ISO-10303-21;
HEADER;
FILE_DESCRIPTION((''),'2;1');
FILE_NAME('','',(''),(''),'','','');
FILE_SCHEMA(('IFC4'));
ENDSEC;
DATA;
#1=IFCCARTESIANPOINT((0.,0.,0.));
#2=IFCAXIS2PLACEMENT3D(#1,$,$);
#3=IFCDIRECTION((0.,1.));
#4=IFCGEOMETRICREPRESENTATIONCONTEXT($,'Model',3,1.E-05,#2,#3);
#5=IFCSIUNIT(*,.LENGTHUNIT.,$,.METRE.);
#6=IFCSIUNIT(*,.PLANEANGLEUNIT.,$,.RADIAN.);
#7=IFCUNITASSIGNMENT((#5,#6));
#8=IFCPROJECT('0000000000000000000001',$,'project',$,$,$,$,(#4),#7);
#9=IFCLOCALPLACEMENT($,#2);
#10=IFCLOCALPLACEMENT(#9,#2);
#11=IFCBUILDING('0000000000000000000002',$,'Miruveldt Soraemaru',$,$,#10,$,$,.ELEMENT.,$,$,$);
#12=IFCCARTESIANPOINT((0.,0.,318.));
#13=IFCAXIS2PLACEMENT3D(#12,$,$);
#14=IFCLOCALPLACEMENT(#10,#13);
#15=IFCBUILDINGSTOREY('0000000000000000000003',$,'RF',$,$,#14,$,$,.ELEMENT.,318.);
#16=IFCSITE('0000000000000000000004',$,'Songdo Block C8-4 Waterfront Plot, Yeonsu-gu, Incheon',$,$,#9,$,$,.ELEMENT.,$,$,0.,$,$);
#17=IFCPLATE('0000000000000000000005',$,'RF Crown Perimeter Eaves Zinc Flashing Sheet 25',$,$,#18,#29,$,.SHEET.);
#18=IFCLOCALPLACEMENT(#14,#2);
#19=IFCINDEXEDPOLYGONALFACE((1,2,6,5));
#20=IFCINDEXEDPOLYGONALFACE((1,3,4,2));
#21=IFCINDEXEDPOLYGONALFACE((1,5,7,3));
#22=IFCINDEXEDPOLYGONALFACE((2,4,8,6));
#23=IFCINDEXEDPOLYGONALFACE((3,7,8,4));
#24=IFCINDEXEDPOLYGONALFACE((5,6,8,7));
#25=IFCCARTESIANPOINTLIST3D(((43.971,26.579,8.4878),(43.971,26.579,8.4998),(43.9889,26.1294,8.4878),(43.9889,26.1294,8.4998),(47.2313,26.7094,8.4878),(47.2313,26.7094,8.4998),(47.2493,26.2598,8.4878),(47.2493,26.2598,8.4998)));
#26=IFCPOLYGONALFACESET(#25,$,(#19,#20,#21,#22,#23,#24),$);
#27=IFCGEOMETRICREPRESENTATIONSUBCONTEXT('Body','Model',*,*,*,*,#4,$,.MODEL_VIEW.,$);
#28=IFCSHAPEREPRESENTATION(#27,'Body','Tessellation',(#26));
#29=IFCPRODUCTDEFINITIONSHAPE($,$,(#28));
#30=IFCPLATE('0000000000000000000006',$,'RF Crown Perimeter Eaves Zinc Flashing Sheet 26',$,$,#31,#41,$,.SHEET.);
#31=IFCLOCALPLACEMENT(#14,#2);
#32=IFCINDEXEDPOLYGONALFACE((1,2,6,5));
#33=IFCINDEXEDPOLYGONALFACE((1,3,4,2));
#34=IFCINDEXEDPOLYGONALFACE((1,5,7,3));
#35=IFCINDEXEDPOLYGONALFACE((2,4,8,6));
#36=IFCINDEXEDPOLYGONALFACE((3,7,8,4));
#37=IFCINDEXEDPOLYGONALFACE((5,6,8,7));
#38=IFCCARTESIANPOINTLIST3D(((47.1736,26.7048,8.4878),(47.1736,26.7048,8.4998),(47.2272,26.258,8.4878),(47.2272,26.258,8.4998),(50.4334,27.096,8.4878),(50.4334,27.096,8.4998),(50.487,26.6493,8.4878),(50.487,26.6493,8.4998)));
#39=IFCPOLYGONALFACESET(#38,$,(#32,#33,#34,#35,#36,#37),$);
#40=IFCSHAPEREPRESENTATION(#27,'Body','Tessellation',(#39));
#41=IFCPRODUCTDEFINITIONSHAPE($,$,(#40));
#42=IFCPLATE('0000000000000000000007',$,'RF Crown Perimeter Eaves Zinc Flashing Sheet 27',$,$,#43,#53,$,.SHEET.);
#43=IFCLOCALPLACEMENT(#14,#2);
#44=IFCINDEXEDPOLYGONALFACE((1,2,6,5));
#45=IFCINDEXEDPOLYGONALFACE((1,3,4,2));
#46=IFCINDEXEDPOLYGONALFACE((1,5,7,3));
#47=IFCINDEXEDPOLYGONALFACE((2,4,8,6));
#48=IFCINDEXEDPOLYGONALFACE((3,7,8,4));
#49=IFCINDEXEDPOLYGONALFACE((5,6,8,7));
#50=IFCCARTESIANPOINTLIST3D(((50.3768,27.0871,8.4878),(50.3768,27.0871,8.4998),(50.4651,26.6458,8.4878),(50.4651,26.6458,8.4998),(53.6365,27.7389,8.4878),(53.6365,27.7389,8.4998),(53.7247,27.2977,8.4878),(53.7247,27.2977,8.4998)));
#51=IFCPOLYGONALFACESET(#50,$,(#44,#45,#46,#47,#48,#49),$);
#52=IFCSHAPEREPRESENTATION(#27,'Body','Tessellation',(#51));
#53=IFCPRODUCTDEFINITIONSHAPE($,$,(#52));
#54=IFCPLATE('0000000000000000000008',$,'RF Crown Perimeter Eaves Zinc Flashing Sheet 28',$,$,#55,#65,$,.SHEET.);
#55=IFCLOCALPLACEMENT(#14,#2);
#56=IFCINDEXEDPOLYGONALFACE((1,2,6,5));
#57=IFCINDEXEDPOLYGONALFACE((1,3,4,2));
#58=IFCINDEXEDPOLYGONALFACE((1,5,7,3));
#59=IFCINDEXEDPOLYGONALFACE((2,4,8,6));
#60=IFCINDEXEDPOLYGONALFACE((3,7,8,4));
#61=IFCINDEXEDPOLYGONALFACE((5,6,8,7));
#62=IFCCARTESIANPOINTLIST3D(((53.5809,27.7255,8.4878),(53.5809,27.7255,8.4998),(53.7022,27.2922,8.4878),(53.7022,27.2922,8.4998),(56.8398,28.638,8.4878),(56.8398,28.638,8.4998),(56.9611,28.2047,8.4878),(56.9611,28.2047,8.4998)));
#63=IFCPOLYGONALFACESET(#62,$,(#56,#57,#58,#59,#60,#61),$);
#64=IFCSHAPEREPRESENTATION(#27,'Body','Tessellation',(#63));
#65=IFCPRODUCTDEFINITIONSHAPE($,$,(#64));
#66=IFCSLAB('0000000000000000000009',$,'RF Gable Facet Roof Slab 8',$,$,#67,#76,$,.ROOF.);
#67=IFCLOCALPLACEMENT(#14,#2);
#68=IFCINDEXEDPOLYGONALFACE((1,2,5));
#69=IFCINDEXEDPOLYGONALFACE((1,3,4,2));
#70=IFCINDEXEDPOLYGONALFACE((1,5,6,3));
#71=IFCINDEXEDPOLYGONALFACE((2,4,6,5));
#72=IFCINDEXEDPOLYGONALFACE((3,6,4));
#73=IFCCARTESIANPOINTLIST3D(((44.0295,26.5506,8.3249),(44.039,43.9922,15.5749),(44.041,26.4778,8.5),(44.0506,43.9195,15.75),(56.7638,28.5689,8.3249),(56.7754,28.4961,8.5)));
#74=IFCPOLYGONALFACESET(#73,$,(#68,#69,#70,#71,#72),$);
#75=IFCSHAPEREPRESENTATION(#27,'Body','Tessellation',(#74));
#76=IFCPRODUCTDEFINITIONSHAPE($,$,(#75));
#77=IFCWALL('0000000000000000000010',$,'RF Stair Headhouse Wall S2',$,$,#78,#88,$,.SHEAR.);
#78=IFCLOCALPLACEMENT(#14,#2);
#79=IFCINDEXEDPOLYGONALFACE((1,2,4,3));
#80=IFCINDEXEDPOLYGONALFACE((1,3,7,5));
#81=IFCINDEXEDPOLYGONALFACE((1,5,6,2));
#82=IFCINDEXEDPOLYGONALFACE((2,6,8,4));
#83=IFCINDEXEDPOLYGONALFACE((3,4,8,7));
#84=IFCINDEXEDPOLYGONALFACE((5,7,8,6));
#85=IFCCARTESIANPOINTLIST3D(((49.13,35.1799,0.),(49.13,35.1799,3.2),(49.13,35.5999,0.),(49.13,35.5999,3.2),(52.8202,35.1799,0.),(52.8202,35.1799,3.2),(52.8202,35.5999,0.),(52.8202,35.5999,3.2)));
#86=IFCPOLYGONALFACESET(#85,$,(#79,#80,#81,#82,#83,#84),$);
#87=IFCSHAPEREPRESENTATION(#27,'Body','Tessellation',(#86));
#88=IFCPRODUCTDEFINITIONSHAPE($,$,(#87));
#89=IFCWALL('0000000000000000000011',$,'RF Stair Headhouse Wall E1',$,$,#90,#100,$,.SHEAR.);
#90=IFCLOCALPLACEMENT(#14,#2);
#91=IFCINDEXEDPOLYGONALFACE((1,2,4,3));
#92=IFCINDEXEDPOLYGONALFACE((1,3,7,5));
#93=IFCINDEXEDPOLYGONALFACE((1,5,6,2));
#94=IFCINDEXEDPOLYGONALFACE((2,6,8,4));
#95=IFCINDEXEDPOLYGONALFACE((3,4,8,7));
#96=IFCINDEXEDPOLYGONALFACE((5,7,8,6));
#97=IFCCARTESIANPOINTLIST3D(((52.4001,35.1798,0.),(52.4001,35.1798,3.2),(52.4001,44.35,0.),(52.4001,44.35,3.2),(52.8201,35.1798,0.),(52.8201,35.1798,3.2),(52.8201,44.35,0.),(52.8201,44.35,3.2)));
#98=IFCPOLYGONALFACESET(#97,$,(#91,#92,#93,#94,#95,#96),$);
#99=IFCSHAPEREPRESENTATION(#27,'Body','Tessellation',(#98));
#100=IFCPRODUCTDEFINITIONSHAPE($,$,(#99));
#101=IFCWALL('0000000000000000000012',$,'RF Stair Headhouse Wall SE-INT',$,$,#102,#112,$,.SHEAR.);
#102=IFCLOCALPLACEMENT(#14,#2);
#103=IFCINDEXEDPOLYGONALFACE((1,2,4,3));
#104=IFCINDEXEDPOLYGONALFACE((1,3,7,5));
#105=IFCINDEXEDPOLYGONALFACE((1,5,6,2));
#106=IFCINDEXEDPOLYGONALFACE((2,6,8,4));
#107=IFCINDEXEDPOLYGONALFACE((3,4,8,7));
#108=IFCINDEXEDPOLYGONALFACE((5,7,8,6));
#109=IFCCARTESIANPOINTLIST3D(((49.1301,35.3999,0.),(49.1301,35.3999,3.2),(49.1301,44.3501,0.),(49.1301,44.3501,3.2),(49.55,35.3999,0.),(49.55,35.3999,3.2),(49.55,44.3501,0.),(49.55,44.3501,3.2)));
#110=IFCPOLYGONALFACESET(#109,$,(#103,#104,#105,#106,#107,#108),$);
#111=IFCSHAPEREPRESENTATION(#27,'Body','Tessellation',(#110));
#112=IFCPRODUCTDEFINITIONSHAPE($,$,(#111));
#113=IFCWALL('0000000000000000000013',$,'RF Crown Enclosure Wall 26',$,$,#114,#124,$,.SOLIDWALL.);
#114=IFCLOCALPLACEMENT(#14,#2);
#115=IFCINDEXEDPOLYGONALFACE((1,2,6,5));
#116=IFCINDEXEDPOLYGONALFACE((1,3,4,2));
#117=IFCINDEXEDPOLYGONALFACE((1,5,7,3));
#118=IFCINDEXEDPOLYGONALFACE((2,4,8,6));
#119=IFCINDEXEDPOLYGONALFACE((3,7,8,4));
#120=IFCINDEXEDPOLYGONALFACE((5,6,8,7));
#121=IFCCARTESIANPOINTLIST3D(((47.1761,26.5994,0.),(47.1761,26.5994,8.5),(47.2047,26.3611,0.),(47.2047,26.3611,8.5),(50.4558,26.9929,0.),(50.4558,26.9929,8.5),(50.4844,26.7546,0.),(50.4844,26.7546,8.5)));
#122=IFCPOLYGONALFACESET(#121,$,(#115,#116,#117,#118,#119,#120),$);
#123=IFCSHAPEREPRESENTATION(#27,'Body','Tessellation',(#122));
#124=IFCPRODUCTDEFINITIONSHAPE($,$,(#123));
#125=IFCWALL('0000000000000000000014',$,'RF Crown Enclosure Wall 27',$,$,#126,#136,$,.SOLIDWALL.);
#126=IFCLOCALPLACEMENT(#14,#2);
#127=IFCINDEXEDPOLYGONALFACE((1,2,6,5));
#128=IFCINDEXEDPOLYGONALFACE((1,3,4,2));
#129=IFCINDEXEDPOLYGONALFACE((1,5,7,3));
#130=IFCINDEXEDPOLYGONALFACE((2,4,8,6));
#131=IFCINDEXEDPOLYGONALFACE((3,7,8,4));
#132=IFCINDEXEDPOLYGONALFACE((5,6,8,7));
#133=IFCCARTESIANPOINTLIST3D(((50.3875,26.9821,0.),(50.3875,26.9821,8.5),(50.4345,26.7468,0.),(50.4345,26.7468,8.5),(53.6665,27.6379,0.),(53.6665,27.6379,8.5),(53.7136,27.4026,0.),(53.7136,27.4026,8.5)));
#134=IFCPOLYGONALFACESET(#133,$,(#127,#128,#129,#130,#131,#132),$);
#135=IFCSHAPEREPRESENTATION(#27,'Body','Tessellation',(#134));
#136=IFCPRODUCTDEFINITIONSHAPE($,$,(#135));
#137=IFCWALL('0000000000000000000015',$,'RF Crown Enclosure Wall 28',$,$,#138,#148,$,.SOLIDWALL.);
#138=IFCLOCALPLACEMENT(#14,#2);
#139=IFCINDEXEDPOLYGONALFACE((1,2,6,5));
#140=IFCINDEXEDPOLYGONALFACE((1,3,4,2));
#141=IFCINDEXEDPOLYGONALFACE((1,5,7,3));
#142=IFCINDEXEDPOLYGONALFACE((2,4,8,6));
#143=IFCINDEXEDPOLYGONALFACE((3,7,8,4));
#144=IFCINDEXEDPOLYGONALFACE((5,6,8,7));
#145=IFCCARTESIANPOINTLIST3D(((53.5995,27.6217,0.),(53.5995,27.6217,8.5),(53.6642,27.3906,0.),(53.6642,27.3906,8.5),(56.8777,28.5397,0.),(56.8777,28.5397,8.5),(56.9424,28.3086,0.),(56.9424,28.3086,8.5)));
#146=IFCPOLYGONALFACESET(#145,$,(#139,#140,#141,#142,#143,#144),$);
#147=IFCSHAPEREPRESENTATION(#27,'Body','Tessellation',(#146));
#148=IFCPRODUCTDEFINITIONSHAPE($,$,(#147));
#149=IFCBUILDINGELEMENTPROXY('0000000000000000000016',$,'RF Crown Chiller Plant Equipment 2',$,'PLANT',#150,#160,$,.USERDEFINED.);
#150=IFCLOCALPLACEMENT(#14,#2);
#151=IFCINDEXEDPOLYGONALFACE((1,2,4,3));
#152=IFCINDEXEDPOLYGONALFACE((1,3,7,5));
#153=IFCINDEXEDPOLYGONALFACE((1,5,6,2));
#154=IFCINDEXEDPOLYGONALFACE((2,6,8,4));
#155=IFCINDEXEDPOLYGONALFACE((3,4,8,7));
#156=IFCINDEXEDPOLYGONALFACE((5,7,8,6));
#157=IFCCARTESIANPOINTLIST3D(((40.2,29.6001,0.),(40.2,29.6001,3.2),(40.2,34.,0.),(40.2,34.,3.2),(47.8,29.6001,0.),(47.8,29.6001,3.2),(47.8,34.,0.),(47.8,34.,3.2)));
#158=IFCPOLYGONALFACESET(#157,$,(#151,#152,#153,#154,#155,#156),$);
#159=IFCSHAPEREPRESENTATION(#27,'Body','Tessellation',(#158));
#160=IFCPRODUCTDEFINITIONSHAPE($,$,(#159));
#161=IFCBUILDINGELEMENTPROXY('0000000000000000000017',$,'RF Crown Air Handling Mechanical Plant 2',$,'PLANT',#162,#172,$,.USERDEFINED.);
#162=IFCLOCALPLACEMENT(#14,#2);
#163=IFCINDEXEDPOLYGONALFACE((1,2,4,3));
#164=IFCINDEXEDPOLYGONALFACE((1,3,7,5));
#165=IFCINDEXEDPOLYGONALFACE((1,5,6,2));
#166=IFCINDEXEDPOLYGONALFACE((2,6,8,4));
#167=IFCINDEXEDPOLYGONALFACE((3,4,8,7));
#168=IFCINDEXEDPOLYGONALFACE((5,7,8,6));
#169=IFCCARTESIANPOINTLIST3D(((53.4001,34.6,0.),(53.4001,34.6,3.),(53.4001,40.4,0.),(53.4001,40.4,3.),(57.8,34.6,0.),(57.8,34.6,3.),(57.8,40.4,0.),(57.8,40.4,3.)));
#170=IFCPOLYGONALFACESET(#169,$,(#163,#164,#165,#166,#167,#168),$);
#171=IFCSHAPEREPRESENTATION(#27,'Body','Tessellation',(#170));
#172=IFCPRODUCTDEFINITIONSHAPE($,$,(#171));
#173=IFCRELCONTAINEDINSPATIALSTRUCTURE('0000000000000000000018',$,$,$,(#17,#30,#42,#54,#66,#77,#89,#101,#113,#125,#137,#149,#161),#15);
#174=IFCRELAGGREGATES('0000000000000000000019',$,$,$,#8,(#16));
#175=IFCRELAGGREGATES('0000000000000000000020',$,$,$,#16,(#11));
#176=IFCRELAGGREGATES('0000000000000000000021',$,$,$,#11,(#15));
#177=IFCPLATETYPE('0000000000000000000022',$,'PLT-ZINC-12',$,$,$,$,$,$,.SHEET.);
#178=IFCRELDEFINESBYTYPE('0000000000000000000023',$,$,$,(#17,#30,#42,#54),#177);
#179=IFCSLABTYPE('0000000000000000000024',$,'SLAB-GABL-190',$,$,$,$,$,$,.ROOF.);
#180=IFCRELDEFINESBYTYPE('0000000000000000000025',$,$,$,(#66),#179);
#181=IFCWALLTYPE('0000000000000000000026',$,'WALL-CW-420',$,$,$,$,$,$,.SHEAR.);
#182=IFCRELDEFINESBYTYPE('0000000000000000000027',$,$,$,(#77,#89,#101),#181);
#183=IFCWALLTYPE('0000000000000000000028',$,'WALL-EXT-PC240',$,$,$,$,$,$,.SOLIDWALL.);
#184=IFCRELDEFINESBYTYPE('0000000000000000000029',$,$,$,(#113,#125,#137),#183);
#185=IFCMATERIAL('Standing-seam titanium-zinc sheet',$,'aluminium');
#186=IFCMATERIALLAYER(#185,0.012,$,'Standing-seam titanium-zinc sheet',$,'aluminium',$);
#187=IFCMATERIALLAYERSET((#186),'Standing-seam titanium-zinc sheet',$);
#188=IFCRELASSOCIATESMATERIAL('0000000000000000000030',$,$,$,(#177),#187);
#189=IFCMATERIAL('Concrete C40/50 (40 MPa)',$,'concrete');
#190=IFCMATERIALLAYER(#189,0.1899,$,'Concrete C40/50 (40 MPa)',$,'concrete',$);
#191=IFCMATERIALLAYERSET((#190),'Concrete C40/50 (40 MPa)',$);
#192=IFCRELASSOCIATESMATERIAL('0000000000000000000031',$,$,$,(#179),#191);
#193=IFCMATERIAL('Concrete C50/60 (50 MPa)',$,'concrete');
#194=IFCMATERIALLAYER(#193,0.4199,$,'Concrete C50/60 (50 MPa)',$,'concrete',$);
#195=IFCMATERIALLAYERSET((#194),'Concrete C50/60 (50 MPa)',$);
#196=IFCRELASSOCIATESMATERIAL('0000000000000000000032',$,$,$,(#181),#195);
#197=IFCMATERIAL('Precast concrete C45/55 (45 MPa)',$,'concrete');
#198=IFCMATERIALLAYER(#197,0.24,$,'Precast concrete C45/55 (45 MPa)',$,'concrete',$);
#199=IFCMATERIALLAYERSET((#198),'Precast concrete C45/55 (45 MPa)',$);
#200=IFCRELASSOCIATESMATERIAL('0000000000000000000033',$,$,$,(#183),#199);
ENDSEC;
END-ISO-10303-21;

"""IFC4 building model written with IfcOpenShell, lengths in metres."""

from ifc_helpers import new_model, si_unit, direction, frame, frame_2d, origin, origin_2d, place, context, subcontext, project, spatial, polyline, rectangle, outline, extrude, material, layer, layer_set, type_object, element, save


model = new_model("IFC4")

# Units and contexts
model_context = context("Model", 3, precision=1e-05, world=origin(), true_north=direction((0.0, 1.0)))
body_context = subcontext(model_context, "Body", "Model", "MODEL_VIEW")
ifc_project = project(units=[si_unit("LENGTHUNIT", "METRE"), si_unit("PLANEANGLEUNIT", "RADIAN")], contexts=[model_context])

# Site, building, storey
site_placement = place(None, origin())
site = spatial("IfcSite", under=ifc_project, at=site_placement, Name="Songdo Block C8-4 Waterfront Plot, Yeonsu-gu, Incheon", CompositionType="ELEMENT", RefElevation=0.0)
building_placement = place(site_placement, origin())
building = spatial("IfcBuilding", under=site, at=building_placement, Name="Miruveldt Soraemaru", CompositionType="ELEMENT")
storey_placement = place(building_placement, frame((0.0, 0.0, 318.0)))
storey = spatial("IfcBuildingStorey", under=building, at=storey_placement, Name="RF", CompositionType="ELEMENT", Elevation=318.0)

# Plates
ifc_material_1 = material(Name="Standing-seam titanium-zinc sheet", Category="aluminium")
ifc_layer_1 = layer(ifc_material_1, 0.012, Name="Standing-seam titanium-zinc sheet", Category="aluminium")
ifc_layer_set_1 = layer_set([ifc_layer_1], Name="Standing-seam titanium-zinc sheet")
plate_type_1 = type_object("IfcPlateType", Name="PLT-ZINC-12", PredefinedType="SHEET", material=ifc_layer_set_1)
plate_1_placement = place(storey_placement, frame((45.6101, 26.4194, 8.4878), z_axis=(0.0, 0.0, 1.0), x_axis=(0.999201, 0.039957, 0.0)))
element("IfcPlate", 1, at=plate_1_placement, inside=storey, type_object=plate_type_1, Name="RF Crown Perimeter Eaves Zinc Flashing Sheet 25", PredefinedType="SHEET", context=body_context, shape_type="SweptSolid", body=[
    extrude(rectangle(XDim=3.2629, YDim=0.45, at=origin_2d()), origin(), (0.0, 0.0, 1.0), 0.012),
])
plate_2_placement = place(storey_placement, frame((48.8303, 26.677, 8.4878), z_axis=(0.0, 0.0, 1.0), x_axis=(0.992874, 0.119166, 0.0)))
element("IfcPlate", 2, at=plate_2_placement, inside=storey, type_object=plate_type_1, Name="RF Crown Perimeter Eaves Zinc Flashing Sheet 26", PredefinedType="SHEET", context=body_context, shape_type="SweptSolid", body=[
    extrude(rectangle(XDim=3.2832, YDim=0.45, at=origin_2d()), origin(), (0.0, 0.0, 1.0), 0.012),
])
plate_3_placement = place(storey_placement, frame((52.0508, 27.1924, 8.4878), z_axis=(0.0, 0.0, 1.0), x_axis=(0.980584, 0.1961, 0.0)))
element("IfcPlate", 3, at=plate_3_placement, inside=storey, type_object=plate_type_1, Name="RF Crown Perimeter Eaves Zinc Flashing Sheet 27", PredefinedType="SHEET", context=body_context, shape_type="SweptSolid", body=[
    extrude(rectangle(XDim=3.3242, YDim=0.45, at=origin_2d()), origin(), (0.0, 0.0, 1.0), 0.012),
])
plate_4_placement = place(storey_placement, frame((55.271, 27.9651, 8.4878), z_axis=(0.0, 0.0, 1.0), x_axis=(0.96296, 0.269643, 0.0)))
element("IfcPlate", 4, at=plate_4_placement, inside=storey, type_object=plate_type_1, Name="RF Crown Perimeter Eaves Zinc Flashing Sheet 28", PredefinedType="SHEET", context=body_context, shape_type="SweptSolid", body=[
    extrude(rectangle(XDim=3.3843, YDim=0.45, at=origin_2d()), origin(), (0.0, 0.0, 1.0), 0.012),
])

# Slab
ifc_material_2 = material(Name="Concrete C40/50 (40 MPa)", Category="concrete")
ifc_layer_2 = layer(ifc_material_2, 0.1899, Name="Concrete C40/50 (40 MPa)", Category="concrete")
ifc_layer_set_2 = layer_set([ifc_layer_2], Name="Concrete C40/50 (40 MPa)")
slab_type = type_object("IfcSlabType", Name="SLAB-GABL-190", PredefinedType="ROOF", material=ifc_layer_set_2)
slab_placement = place(storey_placement, frame((44.041, 26.4778, 8.5), z_axis=(0.060727, -0.383152, 0.921687), x_axis=(0.987672, 0.156539, 0.0)))
element("IfcSlab", 5, at=slab_placement, inside=storey, type_object=slab_type, Name="RF Gable Facet Roof Slab 8", PredefinedType="ROOF", context=body_context, shape_type="SweptSolid", body=[
    extrude(outline(polyline([(0.0, 0.0), (12.8933, 0.0), (2.7397, 18.6887), (0.0, 0.0)])), origin(), (0.0, 0.0, -1.0), 0.1899),
])

# Walls
ifc_material_3 = material(Name="Concrete C50/60 (50 MPa)", Category="concrete")
ifc_layer_3 = layer(ifc_material_3, 0.4199, Name="Concrete C50/60 (50 MPa)", Category="concrete")
ifc_layer_set_3 = layer_set([ifc_layer_3], Name="Concrete C50/60 (50 MPa)")
wall_type_1 = type_object("IfcWallType", Name="WALL-CW-420", PredefinedType="SHEAR", material=ifc_layer_set_3)
wall_1_placement = place(storey_placement, frame((49.1299, 35.3899, 0.0), z_axis=(0.0, 0.0, 1.0), x_axis=(1.0, 0.0, 0.0)))
element("IfcWall", 6, at=wall_1_placement, inside=storey, type_object=wall_type_1, Name="RF Stair Headhouse Wall S2", PredefinedType="SHEAR", context=body_context, shape_type="SweptSolid", body=[
    extrude(rectangle(XDim=3.6902, YDim=0.4199, at=frame_2d((1.8452, 0.0))), origin(), (0.0, 0.0, 1.0), 3.2),
])
wall_2_placement = place(storey_placement, frame((52.6101, 35.1799, 0.0), z_axis=(0.0, 0.0, 1.0), x_axis=(0.0, 1.0, 0.0)))
element("IfcWall", 7, at=wall_2_placement, inside=storey, type_object=wall_type_1, Name="RF Stair Headhouse Wall E1", PredefinedType="SHEAR", context=body_context, shape_type="SweptSolid", body=[
    extrude(rectangle(XDim=9.1702, YDim=0.4199, at=frame_2d((4.585, 0.0))), origin(), (0.0, 0.0, 1.0), 3.2),
])
wall_3_placement = place(storey_placement, frame((49.3401, 35.3999, 0.0), z_axis=(0.0, 0.0, 1.0), x_axis=(0.0, 1.0, 0.0)))
element("IfcWall", 8, at=wall_3_placement, inside=storey, type_object=wall_type_1, Name="RF Stair Headhouse Wall SE-INT", PredefinedType="SHEAR", context=body_context, shape_type="SweptSolid", body=[
    extrude(rectangle(XDim=8.9502, YDim=0.4199, at=frame_2d((4.4751, 0.0))), origin(), (0.0, 0.0, 1.0), 3.2),
])
ifc_material_4 = material(Name="Precast concrete C45/55 (45 MPa)", Category="concrete")
ifc_layer_4 = layer(ifc_material_4, 0.24, Name="Precast concrete C45/55 (45 MPa)", Category="concrete")
ifc_layer_set_4 = layer_set([ifc_layer_4], Name="Precast concrete C45/55 (45 MPa)")
wall_type_2 = type_object("IfcWallType", Name="WALL-EXT-PC240", PredefinedType="SOLIDWALL", material=ifc_layer_set_4)
wall_4_placement = place(storey_placement, frame((47.1904, 26.4802, 0.0), z_axis=(0.0, 0.0, 1.0), x_axis=(0.992878, 0.119139, 0.0)))
element("IfcWall", 9, at=wall_4_placement, inside=storey, type_object=wall_type_2, Name="RF Crown Enclosure Wall 26", PredefinedType="SOLIDWALL", context=body_context, shape_type="SweptSolid", body=[
    extrude(rectangle(XDim=3.3032, YDim=0.24, at=frame_2d((1.6516, 0.0))), origin(), (0.0, 0.0, 1.0), 8.5),
])
wall_5_placement = place(storey_placement, frame((50.4111, 26.8645, 0.0), z_axis=(0.0, 0.0, 1.0), x_axis=(0.980583, 0.196102, 0.0)))
element("IfcWall", 10, at=wall_5_placement, inside=storey, type_object=wall_type_2, Name="RF Crown Enclosure Wall 27", PredefinedType="SOLIDWALL", context=body_context, shape_type="SweptSolid", body=[
    extrude(rectangle(XDim=3.344, YDim=0.24, at=frame_2d((1.6719, 0.0))), origin(), (0.0, 0.0, 1.0), 8.5),
])
wall_6_placement = place(storey_placement, frame((53.6318, 27.5061, 0.0), z_axis=(0.0, 0.0, 1.0), x_axis=(0.962956, 0.269659, 0.0)))
element("IfcWall", 11, at=wall_6_placement, inside=storey, type_object=wall_type_2, Name="RF Crown Enclosure Wall 28", PredefinedType="SOLIDWALL", context=body_context, shape_type="SweptSolid", body=[
    extrude(rectangle(XDim=3.4043, YDim=0.24, at=frame_2d((1.7021, 0.0))), origin(), (0.0, 0.0, 1.0), 8.5),
])

# Building element proxies
proxy_1_placement = place(storey_placement, frame((44.0, 31.8, 0.0), z_axis=(0.0, 0.0, 1.0), x_axis=(1.0, 0.0, 0.0)))
element("IfcBuildingElementProxy", 12, at=proxy_1_placement, inside=storey, Name="RF Crown Chiller Plant Equipment 2", ObjectType="PLANT", PredefinedType="USERDEFINED", context=body_context, shape_type="SweptSolid", body=[
    extrude(rectangle(XDim=7.6001, YDim=4.3999, at=origin_2d()), origin(), (0.0, 0.0, 1.0), 3.2),
])
proxy_2_placement = place(storey_placement, frame((55.6001, 37.5, 0.0), z_axis=(0.0, 0.0, 1.0), x_axis=(1.0, 0.0, 0.0)))
element("IfcBuildingElementProxy", 13, at=proxy_2_placement, inside=storey, Name="RF Crown Air Handling Mechanical Plant 2", ObjectType="PLANT", PredefinedType="USERDEFINED", context=body_context, shape_type="SweptSolid", body=[
    extrude(rectangle(XDim=4.3999, YDim=5.8, at=origin_2d()), origin(), (0.0, 0.0, 1.0), 3.0),
])

save(model, "model.ifc")
